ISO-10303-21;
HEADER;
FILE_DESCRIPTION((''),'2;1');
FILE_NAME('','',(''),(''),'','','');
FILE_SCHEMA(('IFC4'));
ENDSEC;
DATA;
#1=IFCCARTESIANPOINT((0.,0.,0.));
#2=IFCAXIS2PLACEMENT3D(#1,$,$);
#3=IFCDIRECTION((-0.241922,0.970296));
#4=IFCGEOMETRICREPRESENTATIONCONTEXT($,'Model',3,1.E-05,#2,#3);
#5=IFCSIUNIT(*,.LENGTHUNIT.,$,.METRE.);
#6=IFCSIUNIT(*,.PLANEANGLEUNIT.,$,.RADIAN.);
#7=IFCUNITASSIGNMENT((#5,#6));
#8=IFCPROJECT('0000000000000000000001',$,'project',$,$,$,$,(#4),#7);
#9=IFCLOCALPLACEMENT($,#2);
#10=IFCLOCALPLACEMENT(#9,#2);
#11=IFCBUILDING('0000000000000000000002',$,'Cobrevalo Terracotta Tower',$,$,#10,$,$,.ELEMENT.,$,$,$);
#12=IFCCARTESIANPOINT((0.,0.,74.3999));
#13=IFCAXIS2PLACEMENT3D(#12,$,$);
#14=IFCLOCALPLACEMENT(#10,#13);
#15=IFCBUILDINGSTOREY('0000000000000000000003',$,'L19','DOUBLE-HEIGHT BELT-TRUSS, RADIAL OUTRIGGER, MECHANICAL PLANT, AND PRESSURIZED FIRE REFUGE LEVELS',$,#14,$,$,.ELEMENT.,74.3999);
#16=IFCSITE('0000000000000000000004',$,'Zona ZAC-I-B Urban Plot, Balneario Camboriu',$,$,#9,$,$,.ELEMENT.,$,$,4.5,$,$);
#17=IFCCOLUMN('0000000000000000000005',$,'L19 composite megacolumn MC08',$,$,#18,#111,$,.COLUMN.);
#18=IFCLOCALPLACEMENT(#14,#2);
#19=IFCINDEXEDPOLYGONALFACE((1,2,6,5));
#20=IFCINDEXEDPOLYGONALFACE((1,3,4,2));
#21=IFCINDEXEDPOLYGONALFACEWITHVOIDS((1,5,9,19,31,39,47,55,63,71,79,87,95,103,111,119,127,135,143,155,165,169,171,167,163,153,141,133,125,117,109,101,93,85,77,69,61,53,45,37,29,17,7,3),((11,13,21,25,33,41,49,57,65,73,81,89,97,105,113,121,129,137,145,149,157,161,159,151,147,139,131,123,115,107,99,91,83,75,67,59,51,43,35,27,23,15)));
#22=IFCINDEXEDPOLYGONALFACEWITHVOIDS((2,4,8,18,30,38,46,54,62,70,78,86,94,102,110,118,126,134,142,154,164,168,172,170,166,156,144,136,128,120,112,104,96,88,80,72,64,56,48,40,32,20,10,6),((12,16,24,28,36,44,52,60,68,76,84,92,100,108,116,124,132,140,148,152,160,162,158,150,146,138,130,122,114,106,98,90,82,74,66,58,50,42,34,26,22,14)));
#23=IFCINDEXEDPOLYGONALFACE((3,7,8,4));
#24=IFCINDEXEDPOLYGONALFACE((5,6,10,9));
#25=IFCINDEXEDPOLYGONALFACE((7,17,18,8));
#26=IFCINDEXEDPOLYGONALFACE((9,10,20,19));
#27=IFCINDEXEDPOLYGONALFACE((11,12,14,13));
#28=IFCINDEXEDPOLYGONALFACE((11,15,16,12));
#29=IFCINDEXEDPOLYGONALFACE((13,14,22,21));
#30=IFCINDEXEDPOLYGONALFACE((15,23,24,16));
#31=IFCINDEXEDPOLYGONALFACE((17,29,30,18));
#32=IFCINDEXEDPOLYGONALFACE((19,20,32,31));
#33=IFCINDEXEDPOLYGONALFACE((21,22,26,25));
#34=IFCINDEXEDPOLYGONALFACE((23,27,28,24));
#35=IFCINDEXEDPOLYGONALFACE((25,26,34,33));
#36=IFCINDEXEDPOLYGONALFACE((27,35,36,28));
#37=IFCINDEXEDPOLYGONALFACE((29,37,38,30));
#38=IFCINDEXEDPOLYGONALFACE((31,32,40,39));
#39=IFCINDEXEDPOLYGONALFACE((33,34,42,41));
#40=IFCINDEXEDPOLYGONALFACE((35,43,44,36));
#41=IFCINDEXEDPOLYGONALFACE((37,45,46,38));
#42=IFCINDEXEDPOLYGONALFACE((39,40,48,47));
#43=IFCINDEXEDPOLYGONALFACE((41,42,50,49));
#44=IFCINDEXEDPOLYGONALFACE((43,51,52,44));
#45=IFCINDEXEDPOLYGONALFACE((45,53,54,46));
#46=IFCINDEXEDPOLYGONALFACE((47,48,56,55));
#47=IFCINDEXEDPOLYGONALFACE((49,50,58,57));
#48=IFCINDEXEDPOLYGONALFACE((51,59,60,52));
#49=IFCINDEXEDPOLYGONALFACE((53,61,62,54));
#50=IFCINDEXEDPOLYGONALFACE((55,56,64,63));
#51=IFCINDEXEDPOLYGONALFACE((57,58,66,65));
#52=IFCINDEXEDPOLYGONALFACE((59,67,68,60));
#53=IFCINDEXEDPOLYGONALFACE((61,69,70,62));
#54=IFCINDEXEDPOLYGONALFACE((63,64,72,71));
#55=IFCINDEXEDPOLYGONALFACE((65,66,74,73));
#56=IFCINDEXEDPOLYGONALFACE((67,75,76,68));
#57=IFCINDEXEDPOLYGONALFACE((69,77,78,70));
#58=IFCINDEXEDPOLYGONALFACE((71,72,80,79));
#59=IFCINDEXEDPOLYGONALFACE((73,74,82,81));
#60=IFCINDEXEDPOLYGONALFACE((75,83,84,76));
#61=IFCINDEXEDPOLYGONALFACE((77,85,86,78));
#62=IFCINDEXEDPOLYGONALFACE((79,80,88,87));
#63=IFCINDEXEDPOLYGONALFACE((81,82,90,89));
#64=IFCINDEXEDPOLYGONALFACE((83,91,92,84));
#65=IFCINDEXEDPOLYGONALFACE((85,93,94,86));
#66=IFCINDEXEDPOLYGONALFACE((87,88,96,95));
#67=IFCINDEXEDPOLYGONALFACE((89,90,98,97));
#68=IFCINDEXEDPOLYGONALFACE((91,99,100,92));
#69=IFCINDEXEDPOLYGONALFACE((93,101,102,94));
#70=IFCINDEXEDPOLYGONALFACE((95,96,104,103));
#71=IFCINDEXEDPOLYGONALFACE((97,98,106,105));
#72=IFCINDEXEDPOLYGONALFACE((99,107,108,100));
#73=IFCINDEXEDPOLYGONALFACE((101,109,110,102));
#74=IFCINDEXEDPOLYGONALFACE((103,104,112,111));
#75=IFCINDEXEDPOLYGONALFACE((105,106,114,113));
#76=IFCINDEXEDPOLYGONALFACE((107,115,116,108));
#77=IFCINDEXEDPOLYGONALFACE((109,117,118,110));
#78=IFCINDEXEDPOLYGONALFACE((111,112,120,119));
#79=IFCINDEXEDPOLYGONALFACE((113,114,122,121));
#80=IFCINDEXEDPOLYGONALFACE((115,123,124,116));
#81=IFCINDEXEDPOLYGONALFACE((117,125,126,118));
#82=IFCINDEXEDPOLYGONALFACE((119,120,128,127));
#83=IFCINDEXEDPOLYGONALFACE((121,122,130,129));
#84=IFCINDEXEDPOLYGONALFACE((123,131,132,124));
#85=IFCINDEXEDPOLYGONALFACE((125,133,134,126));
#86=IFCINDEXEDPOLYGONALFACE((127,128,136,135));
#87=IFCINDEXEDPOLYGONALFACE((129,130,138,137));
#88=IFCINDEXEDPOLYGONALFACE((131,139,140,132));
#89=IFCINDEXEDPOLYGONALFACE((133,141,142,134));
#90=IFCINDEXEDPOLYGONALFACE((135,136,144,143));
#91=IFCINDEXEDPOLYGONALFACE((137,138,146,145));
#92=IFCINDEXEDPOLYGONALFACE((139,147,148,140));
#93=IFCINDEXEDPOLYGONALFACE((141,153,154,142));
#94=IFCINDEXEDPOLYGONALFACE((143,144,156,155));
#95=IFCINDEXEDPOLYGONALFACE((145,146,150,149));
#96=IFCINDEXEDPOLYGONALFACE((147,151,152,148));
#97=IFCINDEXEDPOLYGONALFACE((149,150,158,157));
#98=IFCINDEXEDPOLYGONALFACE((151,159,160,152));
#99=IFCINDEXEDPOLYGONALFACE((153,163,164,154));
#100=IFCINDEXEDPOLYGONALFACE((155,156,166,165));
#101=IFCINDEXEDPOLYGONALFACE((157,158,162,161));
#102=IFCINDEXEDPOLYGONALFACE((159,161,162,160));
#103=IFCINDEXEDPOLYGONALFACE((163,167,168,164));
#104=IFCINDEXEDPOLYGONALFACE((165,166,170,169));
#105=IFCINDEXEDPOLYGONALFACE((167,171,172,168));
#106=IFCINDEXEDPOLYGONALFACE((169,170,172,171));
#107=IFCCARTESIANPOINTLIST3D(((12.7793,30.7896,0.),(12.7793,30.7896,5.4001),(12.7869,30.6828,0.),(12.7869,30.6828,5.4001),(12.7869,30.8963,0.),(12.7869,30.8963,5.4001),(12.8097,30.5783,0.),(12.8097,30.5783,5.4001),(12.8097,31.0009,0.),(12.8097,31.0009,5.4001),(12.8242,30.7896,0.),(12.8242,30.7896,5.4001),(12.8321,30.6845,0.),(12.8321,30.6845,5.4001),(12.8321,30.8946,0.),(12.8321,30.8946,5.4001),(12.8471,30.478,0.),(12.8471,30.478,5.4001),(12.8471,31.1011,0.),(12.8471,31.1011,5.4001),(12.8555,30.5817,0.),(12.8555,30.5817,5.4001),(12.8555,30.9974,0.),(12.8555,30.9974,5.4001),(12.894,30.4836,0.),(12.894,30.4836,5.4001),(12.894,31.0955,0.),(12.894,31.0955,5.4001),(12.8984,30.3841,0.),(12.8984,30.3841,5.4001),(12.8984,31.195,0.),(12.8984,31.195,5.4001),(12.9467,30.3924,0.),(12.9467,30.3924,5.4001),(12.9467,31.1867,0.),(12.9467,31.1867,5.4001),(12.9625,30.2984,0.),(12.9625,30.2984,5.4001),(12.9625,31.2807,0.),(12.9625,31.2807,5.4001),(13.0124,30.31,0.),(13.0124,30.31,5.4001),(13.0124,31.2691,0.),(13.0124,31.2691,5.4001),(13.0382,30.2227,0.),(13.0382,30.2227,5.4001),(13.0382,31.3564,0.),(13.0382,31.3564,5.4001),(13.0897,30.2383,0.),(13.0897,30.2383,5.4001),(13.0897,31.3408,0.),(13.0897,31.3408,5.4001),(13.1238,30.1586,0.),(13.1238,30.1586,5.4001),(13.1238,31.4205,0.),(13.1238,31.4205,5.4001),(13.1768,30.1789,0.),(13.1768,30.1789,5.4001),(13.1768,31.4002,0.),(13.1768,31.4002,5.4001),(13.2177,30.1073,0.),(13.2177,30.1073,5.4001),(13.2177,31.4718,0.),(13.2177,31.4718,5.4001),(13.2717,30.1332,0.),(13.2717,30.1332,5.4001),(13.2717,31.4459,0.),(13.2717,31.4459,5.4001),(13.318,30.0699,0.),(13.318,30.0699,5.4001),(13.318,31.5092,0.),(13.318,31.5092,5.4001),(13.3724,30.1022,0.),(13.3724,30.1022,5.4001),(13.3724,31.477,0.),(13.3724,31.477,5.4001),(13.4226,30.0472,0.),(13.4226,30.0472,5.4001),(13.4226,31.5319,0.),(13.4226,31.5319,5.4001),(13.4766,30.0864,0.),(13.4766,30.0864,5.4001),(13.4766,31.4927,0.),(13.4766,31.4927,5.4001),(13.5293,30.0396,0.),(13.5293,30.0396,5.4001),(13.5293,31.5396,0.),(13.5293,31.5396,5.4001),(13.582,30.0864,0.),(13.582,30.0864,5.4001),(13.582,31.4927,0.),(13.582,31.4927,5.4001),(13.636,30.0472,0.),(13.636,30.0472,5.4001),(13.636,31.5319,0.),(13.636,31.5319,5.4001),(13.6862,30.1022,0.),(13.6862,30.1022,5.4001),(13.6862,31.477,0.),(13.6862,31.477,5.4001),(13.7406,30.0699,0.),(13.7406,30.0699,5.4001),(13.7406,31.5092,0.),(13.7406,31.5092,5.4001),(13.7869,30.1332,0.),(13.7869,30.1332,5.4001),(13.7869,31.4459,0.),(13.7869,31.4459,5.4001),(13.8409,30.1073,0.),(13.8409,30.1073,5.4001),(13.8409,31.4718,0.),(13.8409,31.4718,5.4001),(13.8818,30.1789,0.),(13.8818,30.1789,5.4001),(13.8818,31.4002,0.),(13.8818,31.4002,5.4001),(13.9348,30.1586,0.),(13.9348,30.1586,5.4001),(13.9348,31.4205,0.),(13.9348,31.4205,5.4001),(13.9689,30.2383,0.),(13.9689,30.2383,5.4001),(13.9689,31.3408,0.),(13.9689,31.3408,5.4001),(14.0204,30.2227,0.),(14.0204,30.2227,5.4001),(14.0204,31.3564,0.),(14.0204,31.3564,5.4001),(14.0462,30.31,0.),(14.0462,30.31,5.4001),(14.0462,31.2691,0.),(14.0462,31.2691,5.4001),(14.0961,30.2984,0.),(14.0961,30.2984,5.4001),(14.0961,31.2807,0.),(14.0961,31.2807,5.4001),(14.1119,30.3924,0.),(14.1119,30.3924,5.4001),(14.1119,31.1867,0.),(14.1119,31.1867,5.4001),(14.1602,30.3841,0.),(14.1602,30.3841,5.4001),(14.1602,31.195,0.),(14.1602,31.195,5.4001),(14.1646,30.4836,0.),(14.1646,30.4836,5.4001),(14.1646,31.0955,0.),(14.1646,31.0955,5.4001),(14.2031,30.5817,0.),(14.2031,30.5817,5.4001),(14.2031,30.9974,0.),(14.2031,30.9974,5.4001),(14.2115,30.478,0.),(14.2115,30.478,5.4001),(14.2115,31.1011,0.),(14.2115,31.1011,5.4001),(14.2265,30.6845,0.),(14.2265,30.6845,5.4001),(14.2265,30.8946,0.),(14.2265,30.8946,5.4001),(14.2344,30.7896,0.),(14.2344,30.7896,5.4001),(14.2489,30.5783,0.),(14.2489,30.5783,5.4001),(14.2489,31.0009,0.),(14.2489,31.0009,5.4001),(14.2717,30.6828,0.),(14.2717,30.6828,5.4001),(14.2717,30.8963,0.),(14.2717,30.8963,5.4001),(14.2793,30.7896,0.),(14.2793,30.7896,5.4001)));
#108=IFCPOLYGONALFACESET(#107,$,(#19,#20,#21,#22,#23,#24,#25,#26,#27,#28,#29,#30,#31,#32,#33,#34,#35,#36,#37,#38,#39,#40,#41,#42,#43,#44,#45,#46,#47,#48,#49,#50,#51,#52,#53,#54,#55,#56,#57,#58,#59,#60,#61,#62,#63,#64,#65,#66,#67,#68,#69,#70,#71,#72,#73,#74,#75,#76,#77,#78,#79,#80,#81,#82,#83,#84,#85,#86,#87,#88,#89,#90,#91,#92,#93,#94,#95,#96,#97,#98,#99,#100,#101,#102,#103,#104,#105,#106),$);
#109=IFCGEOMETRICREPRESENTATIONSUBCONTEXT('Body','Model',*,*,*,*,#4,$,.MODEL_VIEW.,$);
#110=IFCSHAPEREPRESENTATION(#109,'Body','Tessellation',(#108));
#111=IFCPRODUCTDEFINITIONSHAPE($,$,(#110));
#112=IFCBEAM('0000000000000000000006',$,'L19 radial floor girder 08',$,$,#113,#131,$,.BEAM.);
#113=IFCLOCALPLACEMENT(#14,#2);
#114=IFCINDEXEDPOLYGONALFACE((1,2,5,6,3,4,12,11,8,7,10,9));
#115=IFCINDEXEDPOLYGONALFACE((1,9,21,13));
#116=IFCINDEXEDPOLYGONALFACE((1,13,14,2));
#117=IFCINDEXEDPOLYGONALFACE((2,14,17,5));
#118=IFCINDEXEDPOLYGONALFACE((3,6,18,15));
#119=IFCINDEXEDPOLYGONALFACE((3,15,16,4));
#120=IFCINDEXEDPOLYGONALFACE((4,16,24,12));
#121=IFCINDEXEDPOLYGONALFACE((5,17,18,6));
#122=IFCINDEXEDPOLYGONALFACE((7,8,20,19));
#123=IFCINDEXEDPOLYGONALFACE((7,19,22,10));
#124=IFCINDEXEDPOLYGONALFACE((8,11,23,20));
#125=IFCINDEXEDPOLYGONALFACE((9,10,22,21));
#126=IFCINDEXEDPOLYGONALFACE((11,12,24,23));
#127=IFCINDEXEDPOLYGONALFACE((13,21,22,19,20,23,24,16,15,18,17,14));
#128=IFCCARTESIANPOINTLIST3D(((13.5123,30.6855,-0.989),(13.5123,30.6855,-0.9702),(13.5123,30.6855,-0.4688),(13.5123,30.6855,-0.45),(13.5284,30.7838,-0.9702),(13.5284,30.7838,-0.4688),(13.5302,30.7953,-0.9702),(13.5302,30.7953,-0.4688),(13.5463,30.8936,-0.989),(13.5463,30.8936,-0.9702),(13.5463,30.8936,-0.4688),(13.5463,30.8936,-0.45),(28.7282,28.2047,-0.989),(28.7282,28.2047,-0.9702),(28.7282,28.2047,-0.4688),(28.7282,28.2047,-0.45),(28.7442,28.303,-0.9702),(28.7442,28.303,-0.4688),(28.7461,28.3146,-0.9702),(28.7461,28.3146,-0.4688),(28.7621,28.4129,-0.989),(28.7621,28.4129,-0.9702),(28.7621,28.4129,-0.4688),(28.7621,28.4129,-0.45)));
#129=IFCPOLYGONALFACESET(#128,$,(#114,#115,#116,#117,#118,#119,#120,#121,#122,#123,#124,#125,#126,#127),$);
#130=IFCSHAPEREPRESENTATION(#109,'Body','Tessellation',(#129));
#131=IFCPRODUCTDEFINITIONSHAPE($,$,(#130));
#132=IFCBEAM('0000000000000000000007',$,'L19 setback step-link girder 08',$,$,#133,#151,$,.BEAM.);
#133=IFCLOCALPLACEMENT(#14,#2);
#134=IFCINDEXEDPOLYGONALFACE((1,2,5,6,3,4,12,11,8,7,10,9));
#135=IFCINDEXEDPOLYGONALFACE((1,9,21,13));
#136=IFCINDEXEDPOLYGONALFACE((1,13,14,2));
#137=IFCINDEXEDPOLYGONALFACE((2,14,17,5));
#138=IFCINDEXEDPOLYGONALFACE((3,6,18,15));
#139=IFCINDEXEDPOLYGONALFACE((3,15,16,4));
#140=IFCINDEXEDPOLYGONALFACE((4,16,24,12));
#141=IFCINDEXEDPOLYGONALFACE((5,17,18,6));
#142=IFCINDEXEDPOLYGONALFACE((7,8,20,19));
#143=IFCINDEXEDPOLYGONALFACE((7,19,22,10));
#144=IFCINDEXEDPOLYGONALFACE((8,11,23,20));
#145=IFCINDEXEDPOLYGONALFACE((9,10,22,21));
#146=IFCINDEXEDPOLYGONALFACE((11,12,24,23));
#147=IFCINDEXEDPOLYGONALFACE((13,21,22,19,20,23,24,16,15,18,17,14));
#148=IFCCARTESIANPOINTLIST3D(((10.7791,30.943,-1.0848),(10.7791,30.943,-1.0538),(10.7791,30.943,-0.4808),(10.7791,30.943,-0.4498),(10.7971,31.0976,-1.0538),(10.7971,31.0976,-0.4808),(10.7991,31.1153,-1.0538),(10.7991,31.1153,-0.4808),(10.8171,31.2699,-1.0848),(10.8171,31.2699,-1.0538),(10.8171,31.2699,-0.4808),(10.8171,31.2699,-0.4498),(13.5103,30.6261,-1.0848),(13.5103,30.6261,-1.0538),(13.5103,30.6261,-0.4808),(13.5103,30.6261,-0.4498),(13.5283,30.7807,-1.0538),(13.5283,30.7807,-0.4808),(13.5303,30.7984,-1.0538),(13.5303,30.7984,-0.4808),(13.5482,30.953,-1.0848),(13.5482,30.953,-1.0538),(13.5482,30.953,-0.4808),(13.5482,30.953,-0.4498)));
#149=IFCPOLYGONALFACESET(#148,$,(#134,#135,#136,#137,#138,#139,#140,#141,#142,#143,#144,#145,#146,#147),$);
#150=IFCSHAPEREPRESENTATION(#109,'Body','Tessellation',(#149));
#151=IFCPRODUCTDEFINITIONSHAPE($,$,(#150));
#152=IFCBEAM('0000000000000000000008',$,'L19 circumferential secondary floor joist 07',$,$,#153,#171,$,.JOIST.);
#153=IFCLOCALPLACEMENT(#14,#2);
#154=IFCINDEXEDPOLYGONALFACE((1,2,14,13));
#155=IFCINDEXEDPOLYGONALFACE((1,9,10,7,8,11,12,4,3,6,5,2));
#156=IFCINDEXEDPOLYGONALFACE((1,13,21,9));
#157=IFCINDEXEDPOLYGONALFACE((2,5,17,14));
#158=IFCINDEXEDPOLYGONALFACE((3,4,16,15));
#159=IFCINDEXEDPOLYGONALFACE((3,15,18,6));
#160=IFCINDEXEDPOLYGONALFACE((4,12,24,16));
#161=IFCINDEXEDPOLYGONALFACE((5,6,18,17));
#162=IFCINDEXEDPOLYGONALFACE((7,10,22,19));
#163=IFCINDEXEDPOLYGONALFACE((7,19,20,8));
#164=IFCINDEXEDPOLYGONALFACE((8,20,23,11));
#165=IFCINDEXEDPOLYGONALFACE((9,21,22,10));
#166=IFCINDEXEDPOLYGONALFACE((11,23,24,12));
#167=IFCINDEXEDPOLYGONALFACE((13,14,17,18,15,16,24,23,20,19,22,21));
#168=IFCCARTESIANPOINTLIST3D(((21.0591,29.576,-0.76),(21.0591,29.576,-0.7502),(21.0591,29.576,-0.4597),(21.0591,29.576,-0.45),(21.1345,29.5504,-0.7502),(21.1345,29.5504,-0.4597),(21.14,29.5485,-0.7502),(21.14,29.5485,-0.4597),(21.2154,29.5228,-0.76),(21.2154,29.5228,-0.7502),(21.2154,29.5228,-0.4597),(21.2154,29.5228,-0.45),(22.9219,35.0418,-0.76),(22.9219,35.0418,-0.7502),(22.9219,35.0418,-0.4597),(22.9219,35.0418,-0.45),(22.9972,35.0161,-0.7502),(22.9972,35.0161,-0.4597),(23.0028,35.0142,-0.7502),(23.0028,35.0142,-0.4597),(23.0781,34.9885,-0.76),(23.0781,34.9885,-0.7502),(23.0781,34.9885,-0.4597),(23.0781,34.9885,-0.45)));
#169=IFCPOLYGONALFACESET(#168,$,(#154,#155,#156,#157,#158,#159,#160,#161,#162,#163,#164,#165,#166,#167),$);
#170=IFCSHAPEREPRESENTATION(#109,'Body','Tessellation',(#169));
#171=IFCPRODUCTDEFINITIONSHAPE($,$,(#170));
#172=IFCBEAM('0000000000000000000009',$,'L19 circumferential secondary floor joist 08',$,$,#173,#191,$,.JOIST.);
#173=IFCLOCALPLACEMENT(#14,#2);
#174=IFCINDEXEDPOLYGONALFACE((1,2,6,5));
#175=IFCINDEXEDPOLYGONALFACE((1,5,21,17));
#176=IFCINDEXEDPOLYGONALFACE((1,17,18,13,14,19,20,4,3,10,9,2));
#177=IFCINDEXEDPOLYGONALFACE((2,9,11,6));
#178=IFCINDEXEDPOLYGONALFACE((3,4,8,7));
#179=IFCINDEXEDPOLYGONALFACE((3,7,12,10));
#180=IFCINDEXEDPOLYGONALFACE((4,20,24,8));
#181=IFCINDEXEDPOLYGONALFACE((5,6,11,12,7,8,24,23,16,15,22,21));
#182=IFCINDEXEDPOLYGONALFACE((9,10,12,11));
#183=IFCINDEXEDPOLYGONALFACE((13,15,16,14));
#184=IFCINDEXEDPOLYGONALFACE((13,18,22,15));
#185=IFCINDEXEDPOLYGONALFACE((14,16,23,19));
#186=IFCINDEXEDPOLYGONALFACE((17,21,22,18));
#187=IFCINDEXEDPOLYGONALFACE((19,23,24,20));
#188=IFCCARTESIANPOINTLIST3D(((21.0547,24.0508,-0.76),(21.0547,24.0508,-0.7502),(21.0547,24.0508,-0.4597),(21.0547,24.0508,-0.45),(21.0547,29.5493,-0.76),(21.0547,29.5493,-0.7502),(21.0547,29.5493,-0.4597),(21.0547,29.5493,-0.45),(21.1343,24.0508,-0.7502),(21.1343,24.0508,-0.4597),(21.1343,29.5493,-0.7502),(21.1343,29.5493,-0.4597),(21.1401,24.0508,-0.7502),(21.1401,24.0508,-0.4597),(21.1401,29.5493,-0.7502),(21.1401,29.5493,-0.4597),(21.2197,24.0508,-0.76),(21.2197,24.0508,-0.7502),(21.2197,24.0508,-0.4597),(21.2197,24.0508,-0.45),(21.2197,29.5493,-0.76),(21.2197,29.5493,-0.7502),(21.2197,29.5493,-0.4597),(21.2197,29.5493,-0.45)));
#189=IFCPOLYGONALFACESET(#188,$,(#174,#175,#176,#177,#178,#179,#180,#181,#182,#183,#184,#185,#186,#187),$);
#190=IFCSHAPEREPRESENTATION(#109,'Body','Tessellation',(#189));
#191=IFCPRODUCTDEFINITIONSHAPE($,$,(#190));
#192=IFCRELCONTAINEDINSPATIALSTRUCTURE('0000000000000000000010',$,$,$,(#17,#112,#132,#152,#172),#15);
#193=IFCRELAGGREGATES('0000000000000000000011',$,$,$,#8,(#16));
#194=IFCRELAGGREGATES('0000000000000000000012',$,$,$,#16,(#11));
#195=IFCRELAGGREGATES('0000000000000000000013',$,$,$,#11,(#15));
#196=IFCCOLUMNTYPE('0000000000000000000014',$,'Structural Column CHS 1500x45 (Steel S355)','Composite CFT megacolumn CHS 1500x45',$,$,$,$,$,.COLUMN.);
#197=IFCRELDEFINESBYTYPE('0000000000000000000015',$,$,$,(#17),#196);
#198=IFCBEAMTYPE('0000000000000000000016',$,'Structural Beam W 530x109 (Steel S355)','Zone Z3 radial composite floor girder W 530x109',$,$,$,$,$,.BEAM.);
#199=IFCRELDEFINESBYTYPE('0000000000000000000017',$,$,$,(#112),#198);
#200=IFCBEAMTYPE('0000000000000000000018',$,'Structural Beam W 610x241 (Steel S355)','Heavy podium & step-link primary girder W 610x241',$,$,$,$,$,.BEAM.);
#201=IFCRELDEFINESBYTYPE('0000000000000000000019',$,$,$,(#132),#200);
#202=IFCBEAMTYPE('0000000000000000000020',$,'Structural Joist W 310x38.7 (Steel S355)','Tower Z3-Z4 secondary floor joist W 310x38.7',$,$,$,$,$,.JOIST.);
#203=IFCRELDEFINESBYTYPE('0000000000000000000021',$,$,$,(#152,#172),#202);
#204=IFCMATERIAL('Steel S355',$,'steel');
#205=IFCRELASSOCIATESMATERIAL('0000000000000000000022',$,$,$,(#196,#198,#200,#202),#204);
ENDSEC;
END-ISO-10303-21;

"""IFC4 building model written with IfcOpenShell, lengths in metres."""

from ifc_helpers import new_model, si_unit, direction, frame, origin, origin_2d, place, context, subcontext, project, spatial, hollow_circle, i_section, extrude, material, material_profile, profile_set, type_object, element, save


model = new_model("IFC4")

# Units and contexts
model_context = context("Model", 3, precision=1e-05, world=origin(), true_north=direction((-0.241922, 0.970296)))
body_context = subcontext(model_context, "Body", "Model", "MODEL_VIEW")
ifc_project = project(units=[si_unit("LENGTHUNIT", "METRE"), si_unit("PLANEANGLEUNIT", "RADIAN")], contexts=[model_context])

# Site, building, storey
site_placement = place(None, origin())
site = spatial("IfcSite", under=ifc_project, at=site_placement, Name="Zona ZAC-I-B Urban Plot, Balneario Camboriu", CompositionType="ELEMENT", RefElevation=4.5)
building_placement = place(site_placement, origin())
building = spatial("IfcBuilding", under=site, at=building_placement, Name="Cobrevalo Terracotta Tower", CompositionType="ELEMENT")
storey_placement = place(building_placement, frame((0.0, 0.0, 74.3999)))
storey = spatial("IfcBuildingStorey", under=building, at=storey_placement, Name="L19", Description="DOUBLE-HEIGHT BELT-TRUSS, RADIAL OUTRIGGER, MECHANICAL PLANT, AND PRESSURIZED FIRE REFUGE LEVELS", CompositionType="ELEMENT", Elevation=74.3999)

# Column
ifc_material_1 = material(Name="Steel S355", Category="steel")
ifc_material_profile_1 = material_profile(ifc_material_1, hollow_circle(Radius=0.75, WallThickness=0.0449, at=origin_2d()), Name="CHS 1500x45")
ifc_profile_set_1 = profile_set([ifc_material_profile_1], Name="Steel S355")
column_type = type_object("IfcColumnType", Name="Structural Column CHS 1500x45 (Steel S355)", Description="Composite CFT megacolumn CHS 1500x45", PredefinedType="COLUMN", material=ifc_profile_set_1)
column_placement = place(storey_placement, frame((13.5293, 30.7896, 0.0), z_axis=(0.0, 0.0, 1.0), x_axis=(1.0, 0.0, 0.0)))
element("IfcColumn", 1, at=column_placement, inside=storey, type_object=column_type, Name="L19 composite megacolumn MC08", PredefinedType="COLUMN", context=body_context, shape_type="SweptSolid", body=[
    extrude(hollow_circle(Radius=0.75, WallThickness=0.0449, at=origin_2d()), origin(), (0.0, 0.0, 1.0), 5.4001),
])

# Beams
ifc_material_profile_2 = material_profile(ifc_material_1, i_section(OverallWidth=0.2109, OverallDepth=0.5391, WebThickness=0.0117, FlangeThickness=0.0188, at=origin_2d()), Name="W 530x109")
ifc_profile_set_2 = profile_set([ifc_material_profile_2], Name="Steel S355")
beam_type_1 = type_object("IfcBeamType", Name="Structural Beam W 530x109 (Steel S355)", Description="Zone Z3 radial composite floor girder W 530x109", PredefinedType="BEAM", material=ifc_profile_set_2)
beam_1_placement = place(storey_placement, frame((13.5293, 30.7896, -0.7195), z_axis=(0.986969, -0.160911, 0.0), x_axis=(0.160911, 0.986969, 0.0)))
element("IfcBeam", 2, at=beam_1_placement, inside=storey, type_object=beam_type_1, Name="L19 radial floor girder 08", PredefinedType="BEAM", context=body_context, shape_type="SweptSolid", body=[
    extrude(i_section(OverallWidth=0.2109, OverallDepth=0.5391, WebThickness=0.0117, FlangeThickness=0.0188, at=origin_2d()), origin(), (0.0, 0.0, 1.0), 15.4167),
])
ifc_material_profile_3 = material_profile(ifc_material_1, i_section(OverallWidth=0.3291, OverallDepth=0.635, WebThickness=0.0178, FlangeThickness=0.031, at=origin_2d()), Name="W 610x241")
ifc_profile_set_3 = profile_set([ifc_material_profile_3], Name="Steel S355")
beam_type_2 = type_object("IfcBeamType", Name="Structural Beam W 610x241 (Steel S355)", Description="Heavy podium & step-link primary girder W 610x241", PredefinedType="BEAM", material=ifc_profile_set_3)
beam_2_placement = place(storey_placement, frame((10.7981, 31.1064, -0.7673), z_axis=(0.993336, -0.115254, 0.0), x_axis=(0.115254, 0.993336, 0.0)))
element("IfcBeam", 3, at=beam_2_placement, inside=storey, type_object=beam_type_2, Name="L19 setback step-link girder 08", PredefinedType="BEAM", context=body_context, shape_type="SweptSolid", body=[
    extrude(i_section(OverallWidth=0.3291, OverallDepth=0.635, WebThickness=0.0178, FlangeThickness=0.031, at=origin_2d()), origin(), (0.0, 0.0, 1.0), 2.7495),
])
ifc_material_profile_4 = material_profile(ifc_material_1, i_section(OverallWidth=0.165, OverallDepth=0.3101, WebThickness=0.0059, FlangeThickness=0.0098, at=origin_2d()), Name="W 310x38.7")
ifc_profile_set_4 = profile_set([ifc_material_profile_4], Name="Steel S355")
beam_type_3 = type_object("IfcBeamType", Name="Structural Joist W 310x38.7 (Steel S355)", Description="Tower Z3-Z4 secondary floor joist W 310x38.7", PredefinedType="JOIST", material=ifc_profile_set_4)
beam_3_placement = place(storey_placement, frame((23.0, 35.0151, -0.605), z_axis=(-0.322588, -0.94654, 0.0), x_axis=(0.94654, -0.322588, 0.0)))
element("IfcBeam", 4, at=beam_3_placement, inside=storey, type_object=beam_type_3, Name="L19 circumferential secondary floor joist 07", PredefinedType="JOIST", context=body_context, shape_type="SweptSolid", body=[
    extrude(i_section(OverallWidth=0.165, OverallDepth=0.3101, WebThickness=0.0059, FlangeThickness=0.0098, at=origin_2d()), origin(), (0.0, 0.0, 1.0), 5.7744),
])
beam_4_placement = place(storey_placement, frame((21.1372, 29.5493, -0.605), z_axis=(0.0, -1.0, 0.0), x_axis=(1.0, 0.0, 0.0)))
element("IfcBeam", 5, at=beam_4_placement, inside=storey, type_object=beam_type_3, Name="L19 circumferential secondary floor joist 08", PredefinedType="JOIST", context=body_context, shape_type="SweptSolid", body=[
    extrude(i_section(OverallWidth=0.165, OverallDepth=0.3101, WebThickness=0.0059, FlangeThickness=0.0098, at=origin_2d()), origin(), (0.0, 0.0, 1.0), 5.4985),
])

save(model, "model.ifc")
